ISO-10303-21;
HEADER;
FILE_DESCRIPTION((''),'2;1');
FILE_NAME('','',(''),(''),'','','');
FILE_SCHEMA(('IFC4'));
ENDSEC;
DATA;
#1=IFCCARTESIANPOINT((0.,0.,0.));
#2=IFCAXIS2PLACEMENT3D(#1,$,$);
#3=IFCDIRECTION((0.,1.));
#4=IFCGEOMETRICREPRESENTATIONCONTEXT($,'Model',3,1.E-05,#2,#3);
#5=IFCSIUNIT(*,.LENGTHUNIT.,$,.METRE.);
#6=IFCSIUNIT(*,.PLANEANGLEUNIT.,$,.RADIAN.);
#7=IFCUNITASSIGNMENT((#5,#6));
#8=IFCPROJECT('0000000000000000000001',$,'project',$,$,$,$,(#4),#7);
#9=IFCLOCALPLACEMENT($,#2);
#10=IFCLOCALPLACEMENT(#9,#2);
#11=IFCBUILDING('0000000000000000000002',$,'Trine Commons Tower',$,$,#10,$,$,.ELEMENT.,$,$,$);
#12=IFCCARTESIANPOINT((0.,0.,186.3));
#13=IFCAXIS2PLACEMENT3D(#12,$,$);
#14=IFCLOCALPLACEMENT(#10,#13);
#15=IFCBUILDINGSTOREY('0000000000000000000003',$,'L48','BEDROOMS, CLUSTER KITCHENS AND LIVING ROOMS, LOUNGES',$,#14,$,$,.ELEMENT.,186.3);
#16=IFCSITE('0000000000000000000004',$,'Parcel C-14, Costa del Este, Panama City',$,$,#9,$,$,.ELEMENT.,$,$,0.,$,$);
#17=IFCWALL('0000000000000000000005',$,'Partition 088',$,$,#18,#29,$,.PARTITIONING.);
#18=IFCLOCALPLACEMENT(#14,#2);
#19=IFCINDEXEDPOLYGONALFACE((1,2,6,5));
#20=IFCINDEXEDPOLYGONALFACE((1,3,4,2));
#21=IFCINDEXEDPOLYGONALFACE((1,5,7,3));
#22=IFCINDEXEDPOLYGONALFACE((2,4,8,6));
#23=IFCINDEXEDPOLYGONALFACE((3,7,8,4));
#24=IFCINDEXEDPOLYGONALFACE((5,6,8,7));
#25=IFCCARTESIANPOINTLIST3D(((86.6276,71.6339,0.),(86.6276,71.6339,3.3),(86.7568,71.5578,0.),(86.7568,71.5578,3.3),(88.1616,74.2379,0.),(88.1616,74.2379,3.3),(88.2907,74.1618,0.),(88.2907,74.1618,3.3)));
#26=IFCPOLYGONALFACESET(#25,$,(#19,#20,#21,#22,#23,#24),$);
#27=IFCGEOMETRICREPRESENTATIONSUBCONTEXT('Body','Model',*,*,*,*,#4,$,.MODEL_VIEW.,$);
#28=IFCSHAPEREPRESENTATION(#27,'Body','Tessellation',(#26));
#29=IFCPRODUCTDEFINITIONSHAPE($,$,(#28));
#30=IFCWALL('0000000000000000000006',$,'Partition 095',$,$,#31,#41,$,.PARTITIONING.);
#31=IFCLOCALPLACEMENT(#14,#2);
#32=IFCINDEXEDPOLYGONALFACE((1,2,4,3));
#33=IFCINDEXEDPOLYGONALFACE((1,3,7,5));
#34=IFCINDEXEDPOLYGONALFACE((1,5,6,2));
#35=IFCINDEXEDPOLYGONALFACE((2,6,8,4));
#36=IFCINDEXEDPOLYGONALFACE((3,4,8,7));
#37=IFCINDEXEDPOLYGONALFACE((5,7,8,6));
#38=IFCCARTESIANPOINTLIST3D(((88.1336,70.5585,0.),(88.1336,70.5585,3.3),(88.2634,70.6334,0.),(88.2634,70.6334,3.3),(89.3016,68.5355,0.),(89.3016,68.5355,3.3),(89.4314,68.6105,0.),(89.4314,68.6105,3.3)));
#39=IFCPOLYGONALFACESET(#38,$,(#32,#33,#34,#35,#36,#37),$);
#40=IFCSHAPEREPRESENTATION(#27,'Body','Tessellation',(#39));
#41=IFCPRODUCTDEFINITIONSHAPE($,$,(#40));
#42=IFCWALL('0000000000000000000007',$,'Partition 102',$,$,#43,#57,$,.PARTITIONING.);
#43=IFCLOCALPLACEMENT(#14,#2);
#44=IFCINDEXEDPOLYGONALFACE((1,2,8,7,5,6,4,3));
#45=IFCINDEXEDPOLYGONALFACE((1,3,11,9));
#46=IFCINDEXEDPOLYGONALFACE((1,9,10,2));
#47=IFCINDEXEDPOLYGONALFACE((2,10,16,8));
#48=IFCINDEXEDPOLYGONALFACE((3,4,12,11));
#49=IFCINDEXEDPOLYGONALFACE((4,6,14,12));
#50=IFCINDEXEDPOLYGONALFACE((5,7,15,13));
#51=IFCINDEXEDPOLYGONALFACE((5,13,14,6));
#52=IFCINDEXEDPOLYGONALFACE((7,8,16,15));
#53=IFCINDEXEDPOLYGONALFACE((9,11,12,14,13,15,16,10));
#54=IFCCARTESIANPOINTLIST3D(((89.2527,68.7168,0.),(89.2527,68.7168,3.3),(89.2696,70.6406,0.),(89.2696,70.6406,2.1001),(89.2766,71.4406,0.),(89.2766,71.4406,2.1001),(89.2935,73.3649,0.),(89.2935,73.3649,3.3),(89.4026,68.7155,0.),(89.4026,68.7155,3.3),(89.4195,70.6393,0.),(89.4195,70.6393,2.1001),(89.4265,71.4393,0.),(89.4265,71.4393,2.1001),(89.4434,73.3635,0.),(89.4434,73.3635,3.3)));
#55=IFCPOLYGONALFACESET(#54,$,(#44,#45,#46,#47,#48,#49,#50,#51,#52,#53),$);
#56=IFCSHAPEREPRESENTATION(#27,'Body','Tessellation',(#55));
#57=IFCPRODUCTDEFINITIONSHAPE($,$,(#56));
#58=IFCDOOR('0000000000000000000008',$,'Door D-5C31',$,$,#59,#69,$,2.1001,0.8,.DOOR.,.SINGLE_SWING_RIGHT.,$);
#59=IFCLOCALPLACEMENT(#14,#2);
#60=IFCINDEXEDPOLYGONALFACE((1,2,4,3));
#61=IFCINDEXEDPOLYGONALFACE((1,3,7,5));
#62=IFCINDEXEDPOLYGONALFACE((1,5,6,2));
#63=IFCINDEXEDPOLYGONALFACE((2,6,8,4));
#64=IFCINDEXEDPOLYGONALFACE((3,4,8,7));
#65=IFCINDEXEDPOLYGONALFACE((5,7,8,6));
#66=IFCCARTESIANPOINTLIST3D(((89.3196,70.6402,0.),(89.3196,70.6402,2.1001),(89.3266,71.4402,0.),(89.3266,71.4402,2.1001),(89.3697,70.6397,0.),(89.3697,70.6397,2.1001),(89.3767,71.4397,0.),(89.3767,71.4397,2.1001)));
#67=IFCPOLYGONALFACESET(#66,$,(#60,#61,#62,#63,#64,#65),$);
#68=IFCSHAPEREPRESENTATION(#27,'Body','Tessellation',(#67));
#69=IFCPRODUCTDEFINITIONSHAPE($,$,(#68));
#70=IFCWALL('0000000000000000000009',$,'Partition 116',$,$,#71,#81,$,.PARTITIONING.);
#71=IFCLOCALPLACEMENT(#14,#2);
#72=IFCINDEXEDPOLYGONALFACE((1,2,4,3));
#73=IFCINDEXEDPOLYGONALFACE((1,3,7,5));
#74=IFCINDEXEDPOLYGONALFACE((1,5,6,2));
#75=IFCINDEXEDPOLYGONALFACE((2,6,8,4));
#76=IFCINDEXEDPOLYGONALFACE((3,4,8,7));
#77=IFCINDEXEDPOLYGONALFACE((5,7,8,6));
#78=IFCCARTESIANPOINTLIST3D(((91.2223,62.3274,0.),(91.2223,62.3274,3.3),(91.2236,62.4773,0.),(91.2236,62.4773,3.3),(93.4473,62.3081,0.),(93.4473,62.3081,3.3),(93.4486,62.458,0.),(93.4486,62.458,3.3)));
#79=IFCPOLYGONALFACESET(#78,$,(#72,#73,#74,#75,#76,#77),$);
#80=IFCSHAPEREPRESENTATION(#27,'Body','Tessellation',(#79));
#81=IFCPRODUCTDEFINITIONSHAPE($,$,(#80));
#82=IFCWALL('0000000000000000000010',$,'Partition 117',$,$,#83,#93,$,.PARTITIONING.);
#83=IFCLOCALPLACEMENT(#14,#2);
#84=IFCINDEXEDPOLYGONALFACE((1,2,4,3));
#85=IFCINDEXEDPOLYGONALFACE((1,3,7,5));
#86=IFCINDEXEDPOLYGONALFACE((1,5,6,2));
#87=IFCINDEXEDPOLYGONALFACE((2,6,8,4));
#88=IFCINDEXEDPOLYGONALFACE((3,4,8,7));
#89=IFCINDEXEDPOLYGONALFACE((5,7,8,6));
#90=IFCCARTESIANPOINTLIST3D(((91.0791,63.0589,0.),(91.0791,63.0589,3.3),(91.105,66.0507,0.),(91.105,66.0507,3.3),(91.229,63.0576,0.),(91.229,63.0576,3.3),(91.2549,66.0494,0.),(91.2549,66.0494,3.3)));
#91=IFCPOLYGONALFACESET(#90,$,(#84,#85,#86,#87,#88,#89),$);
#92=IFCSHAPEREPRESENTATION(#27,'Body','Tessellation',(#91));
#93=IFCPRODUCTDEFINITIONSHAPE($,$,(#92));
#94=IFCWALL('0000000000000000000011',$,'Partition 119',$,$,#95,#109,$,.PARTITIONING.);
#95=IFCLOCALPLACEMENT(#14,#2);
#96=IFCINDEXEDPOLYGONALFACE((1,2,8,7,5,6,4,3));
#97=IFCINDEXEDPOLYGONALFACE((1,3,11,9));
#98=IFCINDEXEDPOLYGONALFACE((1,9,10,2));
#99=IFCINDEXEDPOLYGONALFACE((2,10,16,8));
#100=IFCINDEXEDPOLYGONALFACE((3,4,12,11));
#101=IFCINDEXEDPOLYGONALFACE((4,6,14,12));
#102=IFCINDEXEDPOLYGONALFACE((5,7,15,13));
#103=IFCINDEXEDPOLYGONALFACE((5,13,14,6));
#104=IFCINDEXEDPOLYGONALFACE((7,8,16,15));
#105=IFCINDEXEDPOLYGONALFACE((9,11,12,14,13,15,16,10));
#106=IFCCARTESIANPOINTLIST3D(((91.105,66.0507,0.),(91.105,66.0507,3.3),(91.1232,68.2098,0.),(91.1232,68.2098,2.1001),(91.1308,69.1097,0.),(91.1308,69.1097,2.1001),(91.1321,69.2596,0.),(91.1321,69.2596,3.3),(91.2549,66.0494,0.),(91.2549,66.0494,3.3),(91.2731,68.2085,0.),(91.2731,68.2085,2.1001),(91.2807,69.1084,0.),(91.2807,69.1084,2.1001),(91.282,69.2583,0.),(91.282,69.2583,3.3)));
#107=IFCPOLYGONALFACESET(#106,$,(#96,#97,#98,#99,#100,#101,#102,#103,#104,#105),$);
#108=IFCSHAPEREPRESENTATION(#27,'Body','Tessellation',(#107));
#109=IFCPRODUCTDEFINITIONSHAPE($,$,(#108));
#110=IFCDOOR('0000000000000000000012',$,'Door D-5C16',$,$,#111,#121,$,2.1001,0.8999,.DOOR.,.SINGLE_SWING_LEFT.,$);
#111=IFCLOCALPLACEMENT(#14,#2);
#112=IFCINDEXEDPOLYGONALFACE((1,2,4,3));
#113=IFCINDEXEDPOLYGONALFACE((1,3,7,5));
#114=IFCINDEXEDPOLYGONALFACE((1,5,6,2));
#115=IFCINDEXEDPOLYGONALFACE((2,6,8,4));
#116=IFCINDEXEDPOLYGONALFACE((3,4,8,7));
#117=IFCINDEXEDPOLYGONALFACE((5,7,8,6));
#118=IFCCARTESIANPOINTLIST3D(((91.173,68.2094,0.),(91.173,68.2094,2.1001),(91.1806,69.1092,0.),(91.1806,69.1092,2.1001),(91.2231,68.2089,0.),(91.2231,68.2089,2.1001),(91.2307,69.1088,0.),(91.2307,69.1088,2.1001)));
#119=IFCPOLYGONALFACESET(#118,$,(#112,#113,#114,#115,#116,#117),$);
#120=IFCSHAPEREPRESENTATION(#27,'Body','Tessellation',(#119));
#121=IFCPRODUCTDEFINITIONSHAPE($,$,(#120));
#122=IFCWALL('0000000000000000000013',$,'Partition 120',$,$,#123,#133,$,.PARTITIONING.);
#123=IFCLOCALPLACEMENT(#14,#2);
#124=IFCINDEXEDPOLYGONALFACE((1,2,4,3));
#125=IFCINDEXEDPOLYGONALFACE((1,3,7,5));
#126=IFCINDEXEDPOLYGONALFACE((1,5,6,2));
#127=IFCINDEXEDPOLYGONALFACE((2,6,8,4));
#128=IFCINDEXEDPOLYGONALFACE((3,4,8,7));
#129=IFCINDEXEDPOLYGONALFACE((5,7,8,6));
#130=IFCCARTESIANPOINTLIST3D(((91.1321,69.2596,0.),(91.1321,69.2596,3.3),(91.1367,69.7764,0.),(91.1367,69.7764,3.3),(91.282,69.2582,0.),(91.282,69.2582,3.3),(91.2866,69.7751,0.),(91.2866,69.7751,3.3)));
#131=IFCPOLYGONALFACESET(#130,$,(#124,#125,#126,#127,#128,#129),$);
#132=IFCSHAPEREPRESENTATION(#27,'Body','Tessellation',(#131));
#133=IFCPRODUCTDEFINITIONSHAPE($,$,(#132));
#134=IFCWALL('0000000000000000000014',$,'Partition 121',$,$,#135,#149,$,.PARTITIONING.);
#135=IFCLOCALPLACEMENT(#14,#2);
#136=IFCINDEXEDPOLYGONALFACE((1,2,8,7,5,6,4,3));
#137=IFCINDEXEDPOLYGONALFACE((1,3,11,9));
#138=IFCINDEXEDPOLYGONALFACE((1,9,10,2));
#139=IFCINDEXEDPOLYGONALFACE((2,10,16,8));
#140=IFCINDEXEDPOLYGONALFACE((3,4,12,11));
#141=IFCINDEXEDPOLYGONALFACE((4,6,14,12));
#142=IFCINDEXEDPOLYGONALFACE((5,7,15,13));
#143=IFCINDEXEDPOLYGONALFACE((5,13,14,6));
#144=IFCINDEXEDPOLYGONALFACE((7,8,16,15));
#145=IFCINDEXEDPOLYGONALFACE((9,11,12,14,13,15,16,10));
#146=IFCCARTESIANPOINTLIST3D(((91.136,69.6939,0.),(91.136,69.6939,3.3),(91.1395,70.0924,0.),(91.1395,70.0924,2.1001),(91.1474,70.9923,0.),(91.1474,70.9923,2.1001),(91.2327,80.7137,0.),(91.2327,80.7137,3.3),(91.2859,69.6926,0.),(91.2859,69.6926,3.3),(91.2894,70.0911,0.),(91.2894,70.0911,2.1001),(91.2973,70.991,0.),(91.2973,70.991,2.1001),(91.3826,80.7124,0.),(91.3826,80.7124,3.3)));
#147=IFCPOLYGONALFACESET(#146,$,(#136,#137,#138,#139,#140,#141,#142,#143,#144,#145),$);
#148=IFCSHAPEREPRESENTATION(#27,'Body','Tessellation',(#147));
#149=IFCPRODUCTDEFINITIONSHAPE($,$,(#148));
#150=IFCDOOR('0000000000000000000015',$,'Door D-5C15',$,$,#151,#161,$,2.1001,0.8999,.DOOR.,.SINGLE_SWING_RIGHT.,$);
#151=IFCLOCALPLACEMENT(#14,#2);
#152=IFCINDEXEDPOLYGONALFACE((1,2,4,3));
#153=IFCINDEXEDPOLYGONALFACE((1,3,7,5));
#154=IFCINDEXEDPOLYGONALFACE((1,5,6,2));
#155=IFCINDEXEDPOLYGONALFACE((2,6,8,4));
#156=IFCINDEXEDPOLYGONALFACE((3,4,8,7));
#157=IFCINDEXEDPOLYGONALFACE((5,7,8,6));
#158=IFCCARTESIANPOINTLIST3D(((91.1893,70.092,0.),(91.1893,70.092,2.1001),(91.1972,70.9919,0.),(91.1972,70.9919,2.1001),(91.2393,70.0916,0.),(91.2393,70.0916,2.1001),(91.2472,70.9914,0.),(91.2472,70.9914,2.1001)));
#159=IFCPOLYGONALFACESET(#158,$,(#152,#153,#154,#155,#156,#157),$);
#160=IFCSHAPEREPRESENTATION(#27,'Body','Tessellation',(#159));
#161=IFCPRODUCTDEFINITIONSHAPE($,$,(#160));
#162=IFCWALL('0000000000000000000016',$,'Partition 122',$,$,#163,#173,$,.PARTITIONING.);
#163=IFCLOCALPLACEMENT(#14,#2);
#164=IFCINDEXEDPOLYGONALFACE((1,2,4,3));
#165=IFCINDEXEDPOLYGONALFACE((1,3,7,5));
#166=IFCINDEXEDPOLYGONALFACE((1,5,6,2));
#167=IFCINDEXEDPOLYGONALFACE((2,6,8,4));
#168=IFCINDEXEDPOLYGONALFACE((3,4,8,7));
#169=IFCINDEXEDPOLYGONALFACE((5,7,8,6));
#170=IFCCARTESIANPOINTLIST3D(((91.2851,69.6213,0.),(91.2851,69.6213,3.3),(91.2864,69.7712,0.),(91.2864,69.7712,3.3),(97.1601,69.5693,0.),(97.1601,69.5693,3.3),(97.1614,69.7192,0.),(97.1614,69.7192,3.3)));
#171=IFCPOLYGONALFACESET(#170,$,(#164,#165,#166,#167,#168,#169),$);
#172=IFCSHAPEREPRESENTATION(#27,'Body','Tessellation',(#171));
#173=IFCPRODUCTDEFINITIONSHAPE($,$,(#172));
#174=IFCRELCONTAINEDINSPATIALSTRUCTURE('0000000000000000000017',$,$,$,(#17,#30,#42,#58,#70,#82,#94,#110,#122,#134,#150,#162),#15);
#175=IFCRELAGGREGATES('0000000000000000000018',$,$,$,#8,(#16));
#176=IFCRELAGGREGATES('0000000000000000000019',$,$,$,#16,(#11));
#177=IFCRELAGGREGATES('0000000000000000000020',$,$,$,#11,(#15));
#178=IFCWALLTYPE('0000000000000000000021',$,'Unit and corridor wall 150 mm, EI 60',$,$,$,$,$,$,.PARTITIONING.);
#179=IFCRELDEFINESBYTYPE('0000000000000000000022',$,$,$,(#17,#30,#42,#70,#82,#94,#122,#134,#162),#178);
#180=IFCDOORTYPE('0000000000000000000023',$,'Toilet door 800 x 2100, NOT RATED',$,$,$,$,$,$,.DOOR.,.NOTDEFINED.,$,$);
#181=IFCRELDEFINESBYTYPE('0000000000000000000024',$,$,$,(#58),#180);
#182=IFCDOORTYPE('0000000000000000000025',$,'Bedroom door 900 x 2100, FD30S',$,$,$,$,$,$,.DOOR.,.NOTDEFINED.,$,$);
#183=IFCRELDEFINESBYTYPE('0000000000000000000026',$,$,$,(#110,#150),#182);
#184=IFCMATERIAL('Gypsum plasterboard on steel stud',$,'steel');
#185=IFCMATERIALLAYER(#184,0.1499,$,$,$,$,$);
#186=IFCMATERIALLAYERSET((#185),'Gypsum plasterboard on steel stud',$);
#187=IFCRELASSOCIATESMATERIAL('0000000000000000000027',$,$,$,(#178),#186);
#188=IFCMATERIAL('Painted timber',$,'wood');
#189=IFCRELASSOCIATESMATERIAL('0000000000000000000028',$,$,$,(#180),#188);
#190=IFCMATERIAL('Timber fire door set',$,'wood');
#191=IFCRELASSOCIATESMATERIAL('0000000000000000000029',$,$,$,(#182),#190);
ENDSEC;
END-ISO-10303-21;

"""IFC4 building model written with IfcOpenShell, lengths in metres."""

from ifc_helpers import new_model, si_unit, direction, frame, frame_2d, origin, place, context, subcontext, project, spatial, rectangle, extrude, material, layer, layer_set, type_object, element, fill, save


model = new_model("IFC4")

# Units and contexts
model_context = context("Model", 3, precision=1e-05, world=origin(), true_north=direction((0.0, 1.0)))
body_context = subcontext(model_context, "Body", "Model", "MODEL_VIEW")
ifc_project = project(units=[si_unit("LENGTHUNIT", "METRE"), si_unit("PLANEANGLEUNIT", "RADIAN")], contexts=[model_context])

# Site, building, storey
site_placement = place(None, origin())
site = spatial("IfcSite", under=ifc_project, at=site_placement, Name="Parcel C-14, Costa del Este, Panama City", CompositionType="ELEMENT", RefElevation=0.0)
building_placement = place(site_placement, origin())
building = spatial("IfcBuilding", under=site, at=building_placement, Name="Trine Commons Tower", CompositionType="ELEMENT")
storey_placement = place(building_placement, frame((0.0, 0.0, 186.3)))
storey = spatial("IfcBuildingStorey", under=building, at=storey_placement, Name="L48", Description="BEDROOMS, CLUSTER KITCHENS AND LIVING ROOMS, LOUNGES", CompositionType="ELEMENT", Elevation=186.3)

# Walls
ifc_material_1 = material(Name="Gypsum plasterboard on steel stud", Category="steel")
ifc_layer_1 = layer(ifc_material_1, 0.1499)
ifc_layer_set_1 = layer_set([ifc_layer_1], Name="Gypsum plasterboard on steel stud")
wall_type_1 = type_object("IfcWallType", Name="Unit and corridor wall 150 mm, EI 60", PredefinedType="PARTITIONING", material=ifc_layer_set_1)
wall_1_placement = place(storey_placement, frame((86.6921, 71.5957, 0.0), z_axis=(0.0, 0.0, 1.0), x_axis=(0.507553, 0.86162, 0.0)))
element("IfcWall", 1, at=wall_1_placement, inside=storey, type_object=wall_type_1, Name="Partition 088", PredefinedType="PARTITIONING", context=body_context, shape_type="SweptSolid", body=[
    extrude(rectangle(XDim=3.0222, YDim=0.1499, at=frame_2d((1.5112, 0.0))), origin(), (0.0, 0.0, 1.0), 3.3),
])
wall_2_placement = place(storey_placement, frame((88.1985, 70.5959, 0.0), z_axis=(0.0, 0.0, 1.0), x_axis=(0.500006, -0.866022, 0.0)))
element("IfcWall", 2, at=wall_2_placement, inside=storey, type_object=wall_type_1, Name="Partition 095", PredefinedType="PARTITIONING", context=body_context, shape_type="SweptSolid", body=[
    extrude(rectangle(XDim=2.3359, YDim=0.1499, at=frame_2d((1.168, 0.0))), origin(), (0.0, 0.0, 1.0), 3.3),
])

# Wall, opening, door
wall_3_placement = place(storey_placement, frame((89.3276, 68.7161, 0.0), z_axis=(0.0, 0.0, 1.0), x_axis=(0.008772, 0.999962, 0.0)))
wall_3 = element("IfcWall", 3, at=wall_3_placement, inside=storey, type_object=wall_type_1, Name="Partition 102", PredefinedType="PARTITIONING", context=body_context, shape_type="SweptSolid", body=[
    extrude(rectangle(XDim=4.6482, YDim=0.1499, at=frame_2d((2.3242, 0.0))), origin(), (0.0, 0.0, 1.0), 3.3),
])
opening_1_placement = place(wall_3_placement, frame((1.9241, 0.0, 0.0)))
opening_1 = element("IfcOpeningElement", 4, at=opening_1_placement, cuts=wall_3, PredefinedType="OPENING", context=body_context, shape_type="SweptSolid", body=[
    extrude(rectangle(XDim=0.8, YDim=2.1001, at=frame_2d((0.3999, 1.05))), frame((0.0, 0.085, 0.0), z_axis=(0.0, -1.0, 0.0), x_axis=(1.0, 0.0, 0.0)), (0.0, 0.0, 1.0), 0.1699),
])
ifc_material_2 = material(Name="Painted timber", Category="wood")
door_type_1 = type_object("IfcDoorType", Name="Toilet door 800 x 2100, NOT RATED", OperationType="NOTDEFINED", PredefinedType="DOOR", material=ifc_material_2)
door_1_placement = place(opening_1_placement, origin())
door_1 = element("IfcDoor", 5, at=door_1_placement, inside=storey, type_object=door_type_1, Name="Door D-5C31", OperationType="SINGLE_SWING_RIGHT", OverallHeight=2.1001, OverallWidth=0.8, PredefinedType="DOOR", context=body_context, shape_type="SweptSolid", body=[
    extrude(rectangle(XDim=0.8, YDim=2.1001, at=frame_2d((0.3999, 1.05))), frame((0.0, 0.0249, 0.0), z_axis=(0.0, -1.0, 0.0), x_axis=(1.0, 0.0, 0.0)), (0.0, 0.0, 1.0), 0.05),
])
fill(opening_1, door_1)

# Walls
wall_4_placement = place(storey_placement, frame((91.2229, 62.4023, 0.0), z_axis=(0.0, 0.0, 1.0), x_axis=(0.999962, -0.008668, 0.0)))
element("IfcWall", 6, at=wall_4_placement, inside=storey, type_object=wall_type_1, Name="Partition 116", PredefinedType="PARTITIONING", context=body_context, shape_type="SweptSolid", body=[
    extrude(rectangle(XDim=2.2251, YDim=0.1499, at=frame_2d((1.1125, 0.0))), origin(), (0.0, 0.0, 1.0), 3.3),
])
wall_5_placement = place(storey_placement, frame((91.1541, 63.0581, 0.0), z_axis=(0.0, 0.0, 1.0), x_axis=(0.008649, 0.999963, 0.0)))
element("IfcWall", 7, at=wall_5_placement, inside=storey, type_object=wall_type_1, Name="Partition 117", PredefinedType="PARTITIONING", context=body_context, shape_type="SweptSolid", body=[
    extrude(rectangle(XDim=2.9919, YDim=0.1499, at=frame_2d((1.4961, 0.0))), origin(), (0.0, 0.0, 1.0), 3.3),
])

# Wall, opening, door
wall_6_placement = place(storey_placement, frame((91.1799, 66.05, 0.0), z_axis=(0.0, 0.0, 1.0), x_axis=(0.008445, 0.999964, 0.0)))
wall_6 = element("IfcWall", 8, at=wall_6_placement, inside=storey, type_object=wall_type_1, Name="Partition 119", PredefinedType="PARTITIONING", context=body_context, shape_type="SweptSolid", body=[
    extrude(rectangle(XDim=3.209, YDim=0.1499, at=frame_2d((1.6045, 0.0))), origin(), (0.0, 0.0, 1.0), 3.3),
])
opening_2_placement = place(wall_6_placement, frame((2.1592, 0.0, 0.0)))
opening_2 = element("IfcOpeningElement", 9, at=opening_2_placement, cuts=wall_6, PredefinedType="OPENING", context=body_context, shape_type="SweptSolid", body=[
    extrude(rectangle(XDim=0.8999, YDim=2.1001, at=frame_2d((0.45, 1.05))), frame((0.0, 0.085, 0.0), z_axis=(0.0, -1.0, 0.0), x_axis=(1.0, 0.0, 0.0)), (0.0, 0.0, 1.0), 0.1699),
])
ifc_material_3 = material(Name="Timber fire door set", Category="wood")
door_type_2 = type_object("IfcDoorType", Name="Bedroom door 900 x 2100, FD30S", OperationType="NOTDEFINED", PredefinedType="DOOR", material=ifc_material_3)
door_2_placement = place(opening_2_placement, frame((0.8999, 0.0, 0.0), z_axis=(0.0, 0.0, 1.0), x_axis=(-1.0, 0.0, 0.0)))
door_2 = element("IfcDoor", 10, at=door_2_placement, inside=storey, type_object=door_type_2, Name="Door D-5C16", OperationType="SINGLE_SWING_LEFT", OverallHeight=2.1001, OverallWidth=0.8999, PredefinedType="DOOR", context=body_context, shape_type="SweptSolid", body=[
    extrude(rectangle(XDim=0.8999, YDim=2.1001, at=frame_2d((0.45, 1.05))), frame((0.0, 0.0249, 0.0), z_axis=(0.0, -1.0, 0.0), x_axis=(1.0, 0.0, 0.0)), (0.0, 0.0, 1.0), 0.05),
])
fill(opening_2, door_2)

# Wall
wall_7_placement = place(storey_placement, frame((91.207, 69.259, 0.0), z_axis=(0.0, 0.0, 1.0), x_axis=(0.008975, 0.99996, 0.0)))
element("IfcWall", 11, at=wall_7_placement, inside=storey, type_object=wall_type_1, Name="Partition 120", PredefinedType="PARTITIONING", context=body_context, shape_type="SweptSolid", body=[
    extrude(rectangle(XDim=0.5168, YDim=0.1499, at=frame_2d((0.2583, 0.0))), origin(), (0.0, 0.0, 1.0), 3.3),
])

# Wall, opening, door
wall_8_placement = place(storey_placement, frame((91.2109, 69.6931, 0.0), z_axis=(0.0, 0.0, 1.0), x_axis=(0.008773, 0.999962, 0.0)))
wall_8 = element("IfcWall", 12, at=wall_8_placement, inside=storey, type_object=wall_type_1, Name="Partition 121", PredefinedType="PARTITIONING", context=body_context, shape_type="SweptSolid", body=[
    extrude(rectangle(XDim=11.0203, YDim=0.1499, at=frame_2d((5.5103, 0.0))), origin(), (0.0, 0.0, 1.0), 3.3),
])
opening_3_placement = place(wall_8_placement, frame((0.3987, 0.0, 0.0)))
opening_3 = element("IfcOpeningElement", 13, at=opening_3_placement, cuts=wall_8, PredefinedType="OPENING", context=body_context, shape_type="SweptSolid", body=[
    extrude(rectangle(XDim=0.8999, YDim=2.1001, at=frame_2d((0.45, 1.05))), frame((0.0, 0.085, 0.0), z_axis=(0.0, -1.0, 0.0), x_axis=(1.0, 0.0, 0.0)), (0.0, 0.0, 1.0), 0.1699),
])
door_3_placement = place(opening_3_placement, frame((0.8999, 0.0, 0.0), z_axis=(0.0, 0.0, 1.0), x_axis=(-1.0, 0.0, 0.0)))
door_3 = element("IfcDoor", 14, at=door_3_placement, inside=storey, type_object=door_type_2, Name="Door D-5C15", OperationType="SINGLE_SWING_RIGHT", OverallHeight=2.1001, OverallWidth=0.8999, PredefinedType="DOOR", context=body_context, shape_type="SweptSolid", body=[
    extrude(rectangle(XDim=0.8999, YDim=2.1001, at=frame_2d((0.45, 1.05))), frame((0.0, 0.0249, 0.0), z_axis=(0.0, -1.0, 0.0), x_axis=(1.0, 0.0, 0.0)), (0.0, 0.0, 1.0), 0.05),
])
fill(opening_3, door_3)

# Wall
wall_9_placement = place(storey_placement, frame((91.2859, 69.6963, 0.0), z_axis=(0.0, 0.0, 1.0), x_axis=(0.999961, -0.008851, 0.0)))
element("IfcWall", 15, at=wall_9_placement, inside=storey, type_object=wall_type_1, Name="Partition 122", PredefinedType="PARTITIONING", context=body_context, shape_type="SweptSolid", body=[
    extrude(rectangle(XDim=5.8752, YDim=0.1499, at=frame_2d((2.9375, 0.0))), origin(), (0.0, 0.0, 1.0), 3.3),
])

save(model, "model.ifc")
